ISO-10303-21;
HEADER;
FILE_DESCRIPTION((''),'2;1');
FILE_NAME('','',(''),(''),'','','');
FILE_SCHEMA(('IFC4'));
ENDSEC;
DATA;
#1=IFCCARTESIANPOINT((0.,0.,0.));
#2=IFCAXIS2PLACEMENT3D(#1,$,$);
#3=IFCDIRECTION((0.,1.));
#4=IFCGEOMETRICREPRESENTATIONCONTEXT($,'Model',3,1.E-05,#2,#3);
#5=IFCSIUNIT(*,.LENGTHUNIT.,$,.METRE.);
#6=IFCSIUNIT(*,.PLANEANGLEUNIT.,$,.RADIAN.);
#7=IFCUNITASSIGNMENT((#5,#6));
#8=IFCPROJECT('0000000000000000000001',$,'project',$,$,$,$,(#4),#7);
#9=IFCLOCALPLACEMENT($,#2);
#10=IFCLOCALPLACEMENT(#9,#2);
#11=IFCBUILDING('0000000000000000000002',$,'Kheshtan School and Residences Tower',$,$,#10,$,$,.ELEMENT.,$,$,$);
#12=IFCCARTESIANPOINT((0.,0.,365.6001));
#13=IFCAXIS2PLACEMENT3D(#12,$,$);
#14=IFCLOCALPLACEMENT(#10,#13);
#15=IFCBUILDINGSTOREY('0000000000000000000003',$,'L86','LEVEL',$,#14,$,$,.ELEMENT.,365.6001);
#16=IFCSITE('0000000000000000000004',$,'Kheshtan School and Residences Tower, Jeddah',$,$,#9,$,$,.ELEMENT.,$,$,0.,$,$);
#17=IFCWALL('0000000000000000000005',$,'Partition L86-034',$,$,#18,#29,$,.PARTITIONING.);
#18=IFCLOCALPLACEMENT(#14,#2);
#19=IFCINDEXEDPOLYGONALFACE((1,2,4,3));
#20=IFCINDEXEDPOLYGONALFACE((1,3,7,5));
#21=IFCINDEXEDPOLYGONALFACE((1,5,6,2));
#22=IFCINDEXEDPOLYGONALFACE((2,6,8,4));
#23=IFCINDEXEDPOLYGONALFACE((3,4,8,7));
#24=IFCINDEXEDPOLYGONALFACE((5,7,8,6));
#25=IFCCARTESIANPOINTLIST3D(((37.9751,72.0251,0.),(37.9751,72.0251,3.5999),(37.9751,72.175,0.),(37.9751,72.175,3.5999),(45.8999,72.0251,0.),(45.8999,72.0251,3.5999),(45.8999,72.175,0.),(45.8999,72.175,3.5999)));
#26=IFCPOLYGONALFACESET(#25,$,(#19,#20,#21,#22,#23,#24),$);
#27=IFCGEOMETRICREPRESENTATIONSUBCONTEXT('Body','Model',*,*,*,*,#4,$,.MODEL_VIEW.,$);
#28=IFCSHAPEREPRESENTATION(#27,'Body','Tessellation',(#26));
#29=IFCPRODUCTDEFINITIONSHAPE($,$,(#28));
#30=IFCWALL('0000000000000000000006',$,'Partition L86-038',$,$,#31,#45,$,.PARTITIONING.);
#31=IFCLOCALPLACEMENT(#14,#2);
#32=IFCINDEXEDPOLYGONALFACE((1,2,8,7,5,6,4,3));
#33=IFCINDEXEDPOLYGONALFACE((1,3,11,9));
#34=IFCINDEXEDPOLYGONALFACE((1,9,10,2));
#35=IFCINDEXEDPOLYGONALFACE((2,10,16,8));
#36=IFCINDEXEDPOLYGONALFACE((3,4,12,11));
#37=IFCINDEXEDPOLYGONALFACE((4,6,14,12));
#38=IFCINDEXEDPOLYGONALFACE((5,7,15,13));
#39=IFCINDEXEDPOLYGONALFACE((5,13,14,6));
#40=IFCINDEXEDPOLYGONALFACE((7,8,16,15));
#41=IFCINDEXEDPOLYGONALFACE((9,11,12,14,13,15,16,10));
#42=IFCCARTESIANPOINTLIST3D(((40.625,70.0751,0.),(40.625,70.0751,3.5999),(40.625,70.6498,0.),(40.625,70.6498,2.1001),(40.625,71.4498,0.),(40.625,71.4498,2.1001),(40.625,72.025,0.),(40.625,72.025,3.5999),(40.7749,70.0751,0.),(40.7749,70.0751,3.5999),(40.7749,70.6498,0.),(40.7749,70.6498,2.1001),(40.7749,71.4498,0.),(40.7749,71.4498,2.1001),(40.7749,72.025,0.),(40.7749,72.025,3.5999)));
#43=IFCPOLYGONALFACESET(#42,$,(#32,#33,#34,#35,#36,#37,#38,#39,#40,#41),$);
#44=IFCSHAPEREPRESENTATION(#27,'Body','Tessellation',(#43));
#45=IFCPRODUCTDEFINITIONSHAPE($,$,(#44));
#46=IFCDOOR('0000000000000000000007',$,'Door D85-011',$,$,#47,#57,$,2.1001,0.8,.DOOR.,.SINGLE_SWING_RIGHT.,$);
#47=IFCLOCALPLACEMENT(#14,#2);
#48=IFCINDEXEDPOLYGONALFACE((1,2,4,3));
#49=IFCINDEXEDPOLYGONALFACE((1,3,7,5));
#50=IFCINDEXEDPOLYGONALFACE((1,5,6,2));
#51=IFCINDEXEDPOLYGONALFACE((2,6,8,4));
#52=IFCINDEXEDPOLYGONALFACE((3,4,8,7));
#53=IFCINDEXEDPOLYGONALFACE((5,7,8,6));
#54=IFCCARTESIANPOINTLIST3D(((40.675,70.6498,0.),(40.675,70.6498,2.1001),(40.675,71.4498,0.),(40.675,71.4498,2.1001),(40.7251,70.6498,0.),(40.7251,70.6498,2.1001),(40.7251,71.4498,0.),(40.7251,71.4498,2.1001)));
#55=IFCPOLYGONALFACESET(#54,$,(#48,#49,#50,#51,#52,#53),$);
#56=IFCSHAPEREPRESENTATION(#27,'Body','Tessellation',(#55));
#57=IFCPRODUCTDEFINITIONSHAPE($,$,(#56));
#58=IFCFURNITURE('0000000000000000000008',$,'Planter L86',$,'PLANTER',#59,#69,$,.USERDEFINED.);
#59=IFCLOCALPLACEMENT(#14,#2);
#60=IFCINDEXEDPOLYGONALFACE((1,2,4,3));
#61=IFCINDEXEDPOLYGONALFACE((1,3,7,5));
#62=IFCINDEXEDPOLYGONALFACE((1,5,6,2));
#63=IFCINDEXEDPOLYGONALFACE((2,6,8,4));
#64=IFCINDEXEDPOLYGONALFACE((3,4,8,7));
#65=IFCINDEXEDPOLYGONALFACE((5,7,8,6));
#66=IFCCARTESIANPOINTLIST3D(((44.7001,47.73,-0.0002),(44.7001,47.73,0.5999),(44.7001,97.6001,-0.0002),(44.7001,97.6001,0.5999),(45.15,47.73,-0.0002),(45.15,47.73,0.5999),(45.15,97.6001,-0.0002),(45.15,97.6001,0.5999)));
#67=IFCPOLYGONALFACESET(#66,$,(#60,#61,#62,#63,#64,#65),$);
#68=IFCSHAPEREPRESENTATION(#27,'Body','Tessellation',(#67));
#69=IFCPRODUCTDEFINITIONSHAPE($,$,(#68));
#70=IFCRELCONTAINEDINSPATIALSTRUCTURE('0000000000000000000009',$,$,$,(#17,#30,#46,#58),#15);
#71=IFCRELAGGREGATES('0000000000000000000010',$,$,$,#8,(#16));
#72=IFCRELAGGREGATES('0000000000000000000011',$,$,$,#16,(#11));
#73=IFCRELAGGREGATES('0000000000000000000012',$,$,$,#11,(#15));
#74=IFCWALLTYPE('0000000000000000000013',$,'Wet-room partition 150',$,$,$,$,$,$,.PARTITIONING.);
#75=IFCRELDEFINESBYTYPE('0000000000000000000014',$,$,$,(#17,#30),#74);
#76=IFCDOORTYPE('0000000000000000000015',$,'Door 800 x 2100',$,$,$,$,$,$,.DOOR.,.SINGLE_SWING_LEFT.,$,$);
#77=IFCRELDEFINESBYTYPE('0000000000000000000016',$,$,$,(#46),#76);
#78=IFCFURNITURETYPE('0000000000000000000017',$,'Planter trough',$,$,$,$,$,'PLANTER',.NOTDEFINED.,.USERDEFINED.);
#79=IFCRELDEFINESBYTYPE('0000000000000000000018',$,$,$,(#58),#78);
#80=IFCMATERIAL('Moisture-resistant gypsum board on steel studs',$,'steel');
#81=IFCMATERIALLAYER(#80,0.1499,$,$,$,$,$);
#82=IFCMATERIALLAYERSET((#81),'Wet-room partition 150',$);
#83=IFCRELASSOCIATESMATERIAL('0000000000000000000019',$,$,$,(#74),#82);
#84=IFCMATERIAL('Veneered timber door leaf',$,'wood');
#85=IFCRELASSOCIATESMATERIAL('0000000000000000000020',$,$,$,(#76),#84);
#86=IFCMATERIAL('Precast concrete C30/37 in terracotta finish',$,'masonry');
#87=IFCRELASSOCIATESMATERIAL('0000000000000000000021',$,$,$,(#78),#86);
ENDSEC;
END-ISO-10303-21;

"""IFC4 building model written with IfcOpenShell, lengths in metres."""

from ifc_helpers import new_model, si_unit, direction, frame, frame_2d, origin, origin_2d, place, context, subcontext, project, spatial, rectangle, extrude, source, transform, mapped, material, layer, layer_set, type_object, element, fill, save


model = new_model("IFC4")

# Units and contexts
model_context = context("Model", 3, precision=1e-05, world=origin(), true_north=direction((0.0, 1.0)))
body_context = subcontext(model_context, "Body", "Model", "MODEL_VIEW")
ifc_project = project(units=[si_unit("LENGTHUNIT", "METRE"), si_unit("PLANEANGLEUNIT", "RADIAN")], contexts=[model_context])

# Site, building, storey
site_placement = place(None, origin())
site = spatial("IfcSite", under=ifc_project, at=site_placement, Name="Kheshtan School and Residences Tower, Jeddah", CompositionType="ELEMENT", RefElevation=0.0)
building_placement = place(site_placement, origin())
building = spatial("IfcBuilding", under=site, at=building_placement, Name="Kheshtan School and Residences Tower", CompositionType="ELEMENT")
storey_placement = place(building_placement, frame((0.0, 0.0, 365.6001)))
storey = spatial("IfcBuildingStorey", under=building, at=storey_placement, Name="L86", Description="LEVEL", CompositionType="ELEMENT", Elevation=365.6001)

# Shared definitions
ifc_material_1 = material(Name="Moisture-resistant gypsum board on steel studs", Category="steel")
ifc_layer_1 = layer(ifc_material_1, 0.1499)
ifc_layer_set_1 = layer_set([ifc_layer_1], Name="Wet-room partition 150")
wall_type_1 = type_object("IfcWallType", Name="Wet-room partition 150", PredefinedType="PARTITIONING", material=ifc_layer_set_1)

# Shared definitions
ifc_material_2 = material(Name="Veneered timber door leaf", Category="wood")

# Shared definitions
door_type_1 = type_object("IfcDoorType", Name="Door 800 x 2100", OperationType="SINGLE_SWING_LEFT", PredefinedType="DOOR", material=ifc_material_2)
shared_shape_1 = source(origin(), body_context, "Body", "SweptSolid", [
    extrude(rectangle(XDim=0.8, YDim=2.1001, at=frame_2d((0.3999, 1.05))), frame((0.0, 0.0249, 0.0), z_axis=(0.0, -1.0, 0.0), x_axis=(1.0, 0.0, 0.0)), (0.0, 0.0, 1.0), 0.05),
])

# Wall
wall_1_placement = place(storey_placement, frame((37.9751, 72.1001, 0.0), z_axis=(0.0, 0.0, 1.0), x_axis=(1.0, 0.0, 0.0)))
element("IfcWall", 1, at=wall_1_placement, inside=storey, type_object=wall_type_1, Name="Partition L86-034", PredefinedType="PARTITIONING", context=body_context, shape_type="SweptSolid", body=[
    extrude(rectangle(XDim=7.9248, YDim=0.1499, at=frame_2d((3.9624, 0.0))), origin(), (0.0, 0.0, 1.0), 3.5999),
])

# Wall, opening, door
wall_2_placement = place(storey_placement, frame((40.7, 70.075, 0.0), z_axis=(0.0, 0.0, 1.0), x_axis=(0.0, 1.0, 0.0)))
wall_2 = element("IfcWall", 2, at=wall_2_placement, inside=storey, type_object=wall_type_1, Name="Partition L86-038", PredefinedType="PARTITIONING", context=body_context, shape_type="SweptSolid", body=[
    extrude(rectangle(XDim=1.95, YDim=0.1499, at=frame_2d((0.9751, 0.0))), origin(), (0.0, 0.0, 1.0), 3.5999),
])
opening_1_placement = place(wall_2_placement, frame((0.575, 0.0, 0.0)))
opening_1 = element("IfcOpeningElement", 3, at=opening_1_placement, cuts=wall_2, PredefinedType="OPENING", context=body_context, shape_type="SweptSolid", body=[
    extrude(rectangle(XDim=0.8, YDim=2.1001, at=frame_2d((0.3999, 1.05))), frame((0.0, 0.085, 0.0), z_axis=(0.0, -1.0, 0.0), x_axis=(1.0, 0.0, 0.0)), (0.0, 0.0, 1.0), 0.1699),
])
door_1_placement = place(opening_1_placement, origin())
door_1 = element("IfcDoor", 4, at=door_1_placement, inside=storey, type_object=door_type_1, Name="Door D85-011", OperationType="SINGLE_SWING_RIGHT", OverallHeight=2.1001, OverallWidth=0.8, PredefinedType="DOOR", context=body_context, shape_type="MappedRepresentation", body=[
    mapped(shared_shape_1, transform((0.0, 0.0, 0.0), x_axis=(1.0, 0.0, 0.0), y_axis=(0.0, 1.0, 0.0), z_axis=(0.0, 0.0, 1.0), scale=1.0)),
])
fill(opening_1, door_1)

# Furniture
ifc_material_3 = material(Name="Precast concrete C30/37 in terracotta finish", Category="masonry")
furniture_type = type_object("IfcFurnitureType", Name="Planter trough", ElementType="PLANTER", AssemblyPlace="NOTDEFINED", PredefinedType="USERDEFINED", material=ifc_material_3)
furniture_placement = place(storey_placement, frame((44.925, 72.665, -0.0002), z_axis=(0.0, 0.0, 1.0), x_axis=(0.0, -1.0, 0.0)))
element("IfcFurniture", 5, at=furniture_placement, inside=storey, type_object=furniture_type, Name="Planter L86", ObjectType="PLANTER", PredefinedType="USERDEFINED", context=body_context, shape_type="SweptSolid", body=[
    extrude(rectangle(XDim=49.8701, YDim=0.45, at=origin_2d()), origin(), (0.0, 0.0, 1.0), 0.6001),
])

save(model, "model.ifc")
